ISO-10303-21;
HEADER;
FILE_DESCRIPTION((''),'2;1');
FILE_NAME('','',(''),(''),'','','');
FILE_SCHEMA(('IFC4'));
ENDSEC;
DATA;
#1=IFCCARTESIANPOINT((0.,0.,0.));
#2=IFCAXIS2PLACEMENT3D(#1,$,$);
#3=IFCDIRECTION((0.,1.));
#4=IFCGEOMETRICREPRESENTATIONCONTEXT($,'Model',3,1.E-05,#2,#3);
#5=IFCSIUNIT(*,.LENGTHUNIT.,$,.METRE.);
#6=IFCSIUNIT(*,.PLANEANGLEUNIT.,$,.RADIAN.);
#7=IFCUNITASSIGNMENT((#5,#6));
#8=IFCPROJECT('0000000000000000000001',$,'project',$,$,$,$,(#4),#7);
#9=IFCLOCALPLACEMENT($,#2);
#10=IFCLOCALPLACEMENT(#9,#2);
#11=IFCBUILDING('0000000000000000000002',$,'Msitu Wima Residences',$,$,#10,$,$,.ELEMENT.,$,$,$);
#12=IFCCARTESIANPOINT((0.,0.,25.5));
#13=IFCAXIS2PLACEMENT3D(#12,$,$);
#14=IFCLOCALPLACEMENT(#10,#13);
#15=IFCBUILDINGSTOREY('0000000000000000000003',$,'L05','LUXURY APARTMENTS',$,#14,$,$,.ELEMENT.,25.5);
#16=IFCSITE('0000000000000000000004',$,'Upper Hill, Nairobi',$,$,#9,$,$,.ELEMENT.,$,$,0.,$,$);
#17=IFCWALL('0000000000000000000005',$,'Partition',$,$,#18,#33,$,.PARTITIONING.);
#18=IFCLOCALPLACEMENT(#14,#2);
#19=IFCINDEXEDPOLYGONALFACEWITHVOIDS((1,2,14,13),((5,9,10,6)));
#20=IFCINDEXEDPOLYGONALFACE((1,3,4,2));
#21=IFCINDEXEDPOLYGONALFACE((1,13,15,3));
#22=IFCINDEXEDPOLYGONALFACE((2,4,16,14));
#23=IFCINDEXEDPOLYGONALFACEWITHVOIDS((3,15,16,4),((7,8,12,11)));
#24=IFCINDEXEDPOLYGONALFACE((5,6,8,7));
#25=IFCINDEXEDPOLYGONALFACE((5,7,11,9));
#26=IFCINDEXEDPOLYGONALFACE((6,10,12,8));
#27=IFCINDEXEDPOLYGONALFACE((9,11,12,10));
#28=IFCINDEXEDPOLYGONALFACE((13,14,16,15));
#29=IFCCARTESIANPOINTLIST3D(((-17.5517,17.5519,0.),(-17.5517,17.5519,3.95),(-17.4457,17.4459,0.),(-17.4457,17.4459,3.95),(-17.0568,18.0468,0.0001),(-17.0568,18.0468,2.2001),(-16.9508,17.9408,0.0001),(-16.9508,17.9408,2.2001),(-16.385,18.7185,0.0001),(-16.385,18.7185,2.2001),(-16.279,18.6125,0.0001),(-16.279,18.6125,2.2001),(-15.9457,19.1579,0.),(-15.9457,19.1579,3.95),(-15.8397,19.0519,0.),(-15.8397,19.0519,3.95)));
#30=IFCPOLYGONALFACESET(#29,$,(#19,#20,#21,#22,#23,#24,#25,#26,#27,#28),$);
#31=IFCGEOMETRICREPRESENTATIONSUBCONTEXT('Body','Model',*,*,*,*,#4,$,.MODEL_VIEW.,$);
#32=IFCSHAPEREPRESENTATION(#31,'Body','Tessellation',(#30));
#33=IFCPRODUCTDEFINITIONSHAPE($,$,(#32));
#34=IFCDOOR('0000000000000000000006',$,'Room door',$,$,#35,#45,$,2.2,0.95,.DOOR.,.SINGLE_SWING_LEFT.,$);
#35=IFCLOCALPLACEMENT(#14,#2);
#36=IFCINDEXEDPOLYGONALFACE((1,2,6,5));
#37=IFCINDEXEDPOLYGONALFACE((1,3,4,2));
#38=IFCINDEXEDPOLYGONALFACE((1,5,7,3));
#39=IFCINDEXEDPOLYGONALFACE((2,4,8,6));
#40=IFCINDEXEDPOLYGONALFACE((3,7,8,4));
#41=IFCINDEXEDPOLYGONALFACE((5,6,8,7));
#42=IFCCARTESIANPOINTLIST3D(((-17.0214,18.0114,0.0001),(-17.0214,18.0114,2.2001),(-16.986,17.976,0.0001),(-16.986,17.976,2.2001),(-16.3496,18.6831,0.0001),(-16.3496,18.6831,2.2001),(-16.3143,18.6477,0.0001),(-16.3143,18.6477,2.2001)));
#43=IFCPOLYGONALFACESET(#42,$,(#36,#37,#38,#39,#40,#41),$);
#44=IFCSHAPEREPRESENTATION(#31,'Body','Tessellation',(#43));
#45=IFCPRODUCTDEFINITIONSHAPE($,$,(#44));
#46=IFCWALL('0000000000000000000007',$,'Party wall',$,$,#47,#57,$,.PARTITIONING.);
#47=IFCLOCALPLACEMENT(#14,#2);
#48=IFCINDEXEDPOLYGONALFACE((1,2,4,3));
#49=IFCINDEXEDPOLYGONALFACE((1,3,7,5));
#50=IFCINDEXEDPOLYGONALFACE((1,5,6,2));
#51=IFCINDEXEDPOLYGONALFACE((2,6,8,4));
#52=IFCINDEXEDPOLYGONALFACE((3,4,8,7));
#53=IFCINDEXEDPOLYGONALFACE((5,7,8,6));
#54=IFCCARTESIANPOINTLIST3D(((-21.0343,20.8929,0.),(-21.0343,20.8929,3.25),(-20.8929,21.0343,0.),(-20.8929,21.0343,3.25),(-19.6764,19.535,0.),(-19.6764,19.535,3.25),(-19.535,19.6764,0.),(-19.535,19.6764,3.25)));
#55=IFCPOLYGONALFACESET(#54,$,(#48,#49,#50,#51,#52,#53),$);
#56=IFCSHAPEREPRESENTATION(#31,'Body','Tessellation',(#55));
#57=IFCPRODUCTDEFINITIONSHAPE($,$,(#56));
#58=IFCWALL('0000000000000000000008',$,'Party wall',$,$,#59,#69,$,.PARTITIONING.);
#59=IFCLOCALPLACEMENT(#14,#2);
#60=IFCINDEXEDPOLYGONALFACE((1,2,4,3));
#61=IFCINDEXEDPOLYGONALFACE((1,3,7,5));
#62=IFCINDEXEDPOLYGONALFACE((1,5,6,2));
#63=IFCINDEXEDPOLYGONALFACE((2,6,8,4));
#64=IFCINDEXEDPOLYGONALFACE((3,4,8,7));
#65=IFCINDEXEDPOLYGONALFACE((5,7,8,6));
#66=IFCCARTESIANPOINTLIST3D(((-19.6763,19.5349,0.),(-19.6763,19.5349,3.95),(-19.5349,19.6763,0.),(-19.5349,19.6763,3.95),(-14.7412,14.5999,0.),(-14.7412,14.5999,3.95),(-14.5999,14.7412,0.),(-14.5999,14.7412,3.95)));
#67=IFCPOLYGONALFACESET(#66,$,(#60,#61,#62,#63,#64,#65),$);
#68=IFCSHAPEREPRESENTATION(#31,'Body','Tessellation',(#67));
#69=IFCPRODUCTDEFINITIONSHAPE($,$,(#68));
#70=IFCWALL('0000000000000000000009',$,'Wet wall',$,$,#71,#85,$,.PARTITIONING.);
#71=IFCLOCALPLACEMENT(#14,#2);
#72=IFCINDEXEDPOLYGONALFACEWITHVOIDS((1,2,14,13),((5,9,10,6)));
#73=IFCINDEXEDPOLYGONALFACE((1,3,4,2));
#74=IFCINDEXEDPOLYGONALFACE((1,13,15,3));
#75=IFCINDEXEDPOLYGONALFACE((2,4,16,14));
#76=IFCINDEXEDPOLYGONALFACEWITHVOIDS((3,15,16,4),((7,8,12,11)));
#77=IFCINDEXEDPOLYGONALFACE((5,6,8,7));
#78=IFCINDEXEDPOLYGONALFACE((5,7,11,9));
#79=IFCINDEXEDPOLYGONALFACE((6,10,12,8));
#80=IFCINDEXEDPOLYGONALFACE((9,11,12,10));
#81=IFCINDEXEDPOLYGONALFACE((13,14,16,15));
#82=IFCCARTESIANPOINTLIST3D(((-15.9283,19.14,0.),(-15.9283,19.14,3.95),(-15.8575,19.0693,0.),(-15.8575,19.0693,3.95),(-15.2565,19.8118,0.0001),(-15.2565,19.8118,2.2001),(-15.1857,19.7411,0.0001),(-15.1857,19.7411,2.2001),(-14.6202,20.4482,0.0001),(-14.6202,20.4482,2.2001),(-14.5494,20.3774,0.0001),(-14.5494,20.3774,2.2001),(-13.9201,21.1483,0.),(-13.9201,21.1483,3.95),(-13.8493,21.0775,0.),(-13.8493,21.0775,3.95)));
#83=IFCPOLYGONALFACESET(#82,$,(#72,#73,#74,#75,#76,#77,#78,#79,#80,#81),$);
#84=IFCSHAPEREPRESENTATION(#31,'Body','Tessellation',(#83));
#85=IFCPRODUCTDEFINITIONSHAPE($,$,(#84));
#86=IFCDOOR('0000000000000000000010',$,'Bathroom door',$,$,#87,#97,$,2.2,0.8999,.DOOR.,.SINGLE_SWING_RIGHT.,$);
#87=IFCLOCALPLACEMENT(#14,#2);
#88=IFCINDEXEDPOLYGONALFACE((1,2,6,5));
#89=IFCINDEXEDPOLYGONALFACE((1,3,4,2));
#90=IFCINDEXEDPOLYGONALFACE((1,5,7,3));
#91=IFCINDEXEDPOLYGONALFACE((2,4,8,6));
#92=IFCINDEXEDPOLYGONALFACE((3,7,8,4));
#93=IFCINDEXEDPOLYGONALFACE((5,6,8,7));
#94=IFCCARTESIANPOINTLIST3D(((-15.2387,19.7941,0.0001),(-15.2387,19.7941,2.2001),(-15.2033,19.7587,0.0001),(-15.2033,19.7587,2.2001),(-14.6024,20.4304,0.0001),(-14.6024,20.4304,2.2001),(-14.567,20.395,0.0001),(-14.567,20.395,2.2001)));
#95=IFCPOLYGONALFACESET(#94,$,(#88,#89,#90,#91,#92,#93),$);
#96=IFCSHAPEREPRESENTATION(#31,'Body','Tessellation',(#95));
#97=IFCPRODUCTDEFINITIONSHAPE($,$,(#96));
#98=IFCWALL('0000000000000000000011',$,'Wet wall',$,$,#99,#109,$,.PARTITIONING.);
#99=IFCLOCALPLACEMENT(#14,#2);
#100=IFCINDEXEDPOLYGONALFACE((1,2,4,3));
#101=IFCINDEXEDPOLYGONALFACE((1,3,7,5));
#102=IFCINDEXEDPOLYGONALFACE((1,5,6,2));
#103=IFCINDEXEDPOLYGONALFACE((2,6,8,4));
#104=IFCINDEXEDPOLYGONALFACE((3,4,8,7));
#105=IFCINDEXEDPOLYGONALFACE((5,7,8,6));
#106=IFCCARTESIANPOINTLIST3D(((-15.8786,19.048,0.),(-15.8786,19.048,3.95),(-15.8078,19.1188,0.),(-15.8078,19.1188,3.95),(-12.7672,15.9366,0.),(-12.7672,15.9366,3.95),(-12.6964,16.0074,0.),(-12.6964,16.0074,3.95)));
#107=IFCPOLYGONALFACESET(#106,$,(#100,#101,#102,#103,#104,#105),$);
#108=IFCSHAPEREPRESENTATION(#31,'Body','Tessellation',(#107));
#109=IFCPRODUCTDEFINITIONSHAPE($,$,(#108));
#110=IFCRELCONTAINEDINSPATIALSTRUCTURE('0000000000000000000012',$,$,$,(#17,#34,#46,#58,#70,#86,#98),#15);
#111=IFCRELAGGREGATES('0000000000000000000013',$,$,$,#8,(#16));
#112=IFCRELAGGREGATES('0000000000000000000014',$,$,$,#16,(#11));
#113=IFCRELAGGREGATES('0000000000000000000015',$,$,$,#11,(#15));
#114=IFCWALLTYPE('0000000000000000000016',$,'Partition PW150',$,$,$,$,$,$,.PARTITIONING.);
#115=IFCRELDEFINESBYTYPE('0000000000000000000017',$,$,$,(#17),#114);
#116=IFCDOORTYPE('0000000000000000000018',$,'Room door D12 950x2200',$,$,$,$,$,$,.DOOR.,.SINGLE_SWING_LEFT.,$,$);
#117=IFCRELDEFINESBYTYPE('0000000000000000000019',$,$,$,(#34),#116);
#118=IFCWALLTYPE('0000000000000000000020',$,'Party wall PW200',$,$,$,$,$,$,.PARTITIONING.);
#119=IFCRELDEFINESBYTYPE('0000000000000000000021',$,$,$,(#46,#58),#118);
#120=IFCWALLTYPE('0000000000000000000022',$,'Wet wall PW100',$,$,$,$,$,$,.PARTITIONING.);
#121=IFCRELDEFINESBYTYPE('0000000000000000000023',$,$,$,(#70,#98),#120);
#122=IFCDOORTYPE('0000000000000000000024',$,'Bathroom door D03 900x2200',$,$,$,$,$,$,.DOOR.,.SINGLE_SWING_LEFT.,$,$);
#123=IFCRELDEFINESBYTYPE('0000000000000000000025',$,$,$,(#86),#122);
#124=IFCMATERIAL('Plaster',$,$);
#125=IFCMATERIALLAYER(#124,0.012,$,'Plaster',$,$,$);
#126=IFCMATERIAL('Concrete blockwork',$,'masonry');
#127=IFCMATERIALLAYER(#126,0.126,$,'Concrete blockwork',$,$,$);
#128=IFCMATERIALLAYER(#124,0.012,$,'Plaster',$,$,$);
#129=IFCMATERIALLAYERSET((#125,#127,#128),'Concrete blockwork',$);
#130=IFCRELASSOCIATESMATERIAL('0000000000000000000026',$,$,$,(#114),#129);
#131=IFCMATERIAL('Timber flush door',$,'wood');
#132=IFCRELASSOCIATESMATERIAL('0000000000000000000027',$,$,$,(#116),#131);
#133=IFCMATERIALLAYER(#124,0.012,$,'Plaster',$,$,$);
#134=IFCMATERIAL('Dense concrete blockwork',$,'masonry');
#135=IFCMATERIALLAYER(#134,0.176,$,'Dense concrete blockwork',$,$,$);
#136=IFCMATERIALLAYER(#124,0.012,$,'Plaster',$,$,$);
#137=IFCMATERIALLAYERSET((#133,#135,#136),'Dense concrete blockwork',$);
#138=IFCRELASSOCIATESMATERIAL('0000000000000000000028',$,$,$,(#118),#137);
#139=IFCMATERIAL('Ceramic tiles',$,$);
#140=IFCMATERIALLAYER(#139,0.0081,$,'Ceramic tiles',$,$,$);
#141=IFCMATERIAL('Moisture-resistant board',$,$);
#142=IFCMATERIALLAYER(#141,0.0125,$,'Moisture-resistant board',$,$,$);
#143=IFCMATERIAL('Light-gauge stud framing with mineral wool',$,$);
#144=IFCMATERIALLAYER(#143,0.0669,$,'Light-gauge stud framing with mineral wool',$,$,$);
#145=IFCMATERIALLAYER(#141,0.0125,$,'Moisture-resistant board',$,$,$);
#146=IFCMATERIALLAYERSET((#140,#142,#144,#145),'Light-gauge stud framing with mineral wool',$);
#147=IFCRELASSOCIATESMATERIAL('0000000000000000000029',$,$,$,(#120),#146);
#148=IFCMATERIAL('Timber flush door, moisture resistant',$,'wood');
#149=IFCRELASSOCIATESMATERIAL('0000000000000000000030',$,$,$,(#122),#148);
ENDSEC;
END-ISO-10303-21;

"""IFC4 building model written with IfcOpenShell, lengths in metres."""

from ifc_helpers import new_model, si_unit, direction, frame, frame_2d, origin, place, context, subcontext, project, spatial, rectangle, extrude, material, layer, layer_set, type_object, element, fill, save


model = new_model("IFC4")

# Units and contexts
model_context = context("Model", 3, precision=1e-05, world=origin(), true_north=direction((0.0, 1.0)))
body_context = subcontext(model_context, "Body", "Model", "MODEL_VIEW")
ifc_project = project(units=[si_unit("LENGTHUNIT", "METRE"), si_unit("PLANEANGLEUNIT", "RADIAN")], contexts=[model_context])

# Site, building, storey
site_placement = place(None, origin())
site = spatial("IfcSite", under=ifc_project, at=site_placement, Name="Upper Hill, Nairobi", CompositionType="ELEMENT", RefElevation=0.0)
building_placement = place(site_placement, origin())
building = spatial("IfcBuilding", under=site, at=building_placement, Name="Msitu Wima Residences", CompositionType="ELEMENT")
storey_placement = place(building_placement, frame((0.0, 0.0, 25.5)))
storey = spatial("IfcBuildingStorey", under=building, at=storey_placement, Name="L05", Description="LUXURY APARTMENTS", CompositionType="ELEMENT", Elevation=25.5)

# Shared definitions
ifc_material_1 = material(Name="Plaster")
ifc_material_2 = material(Name="Concrete blockwork", Category="masonry")

# Shared definitions
ifc_layer_1 = layer(ifc_material_1, 0.012, Name="Plaster")
ifc_layer_2 = layer(ifc_material_2, 0.126, Name="Concrete blockwork")
ifc_layer_3 = layer(ifc_material_1, 0.012, Name="Plaster")
ifc_layer_set_1 = layer_set([ifc_layer_1, ifc_layer_2, ifc_layer_3], Name="Concrete blockwork")
wall_type_1 = type_object("IfcWallType", Name="Partition PW150", PredefinedType="PARTITIONING", material=ifc_layer_set_1)

# Wall, opening, door
wall_1_placement = place(storey_placement, frame((-17.4988, 17.4988, 0.0), z_axis=(0.0, 0.0, 1.0), x_axis=(0.707107, 0.707107, 0.0)))
wall_1 = element("IfcWall", 1, at=wall_1_placement, inside=storey, type_object=wall_type_1, Name="Partition", PredefinedType="PARTITIONING", context=body_context, shape_type="SweptSolid", body=[
    extrude(rectangle(XDim=2.2712, YDim=0.1499, at=frame_2d((1.1357, 0.0))), origin(), (0.0, 0.0, 1.0), 3.95),
])
opening_1_placement = place(wall_1_placement, frame((0.7, 0.0, 0.0)))
opening_1 = element("IfcOpeningElement", 2, at=opening_1_placement, cuts=wall_1, PredefinedType="OPENING", context=body_context, shape_type="SweptSolid", body=[
    extrude(rectangle(XDim=0.95, YDim=2.2, at=frame_2d((0.4751, 1.1001))), frame((0.0, 0.085, 0.0), z_axis=(0.0, -1.0, 0.0), x_axis=(1.0, 0.0, 0.0)), (0.0, 0.0, 1.0), 0.1699),
])
ifc_material_3 = material(Name="Timber flush door", Category="wood")
door_type_1 = type_object("IfcDoorType", Name="Room door D12 950x2200", OperationType="SINGLE_SWING_LEFT", PredefinedType="DOOR", material=ifc_material_3)
door_1_placement = place(opening_1_placement, origin())
door_1 = element("IfcDoor", 3, at=door_1_placement, inside=storey, type_object=door_type_1, Name="Room door", OperationType="SINGLE_SWING_LEFT", OverallHeight=2.2, OverallWidth=0.95, PredefinedType="DOOR", context=body_context, shape_type="SweptSolid", body=[
    extrude(rectangle(XDim=0.95, YDim=2.2, at=frame_2d((0.4751, 1.1001))), frame((0.0, 0.0249, 0.0), z_axis=(0.0, -1.0, 0.0), x_axis=(1.0, 0.0, 0.0)), (0.0, 0.0, 1.0), 0.05),
])
fill(opening_1, door_1)

# Walls
ifc_layer_4 = layer(ifc_material_1, 0.012, Name="Plaster")
ifc_material_4 = material(Name="Dense concrete blockwork", Category="masonry")
ifc_layer_5 = layer(ifc_material_4, 0.176, Name="Dense concrete blockwork")
ifc_layer_6 = layer(ifc_material_1, 0.012, Name="Plaster")
ifc_layer_set_2 = layer_set([ifc_layer_4, ifc_layer_5, ifc_layer_6], Name="Dense concrete blockwork")
wall_type_2 = type_object("IfcWallType", Name="Party wall PW200", PredefinedType="PARTITIONING", material=ifc_layer_set_2)
wall_2_placement = place(storey_placement, frame((-20.9636, 20.9636, 0.0), z_axis=(0.0, 0.0, 1.0), x_axis=(0.707107, -0.707107, 0.0)))
element("IfcWall", 4, at=wall_2_placement, inside=storey, type_object=wall_type_2, Name="Party wall", PredefinedType="PARTITIONING", context=body_context, shape_type="SweptSolid", body=[
    extrude(rectangle(XDim=1.9204, YDim=0.2, at=frame_2d((0.9602, 0.0))), origin(), (0.0, 0.0, 1.0), 3.25),
])
wall_3_placement = place(storey_placement, frame((-19.6057, 19.6057, 0.0), z_axis=(0.0, 0.0, 1.0), x_axis=(0.707107, -0.707107, 0.0)))
element("IfcWall", 5, at=wall_3_placement, inside=storey, type_object=wall_type_2, Name="Party wall", PredefinedType="PARTITIONING", context=body_context, shape_type="SweptSolid", body=[
    extrude(rectangle(XDim=6.9792, YDim=0.2, at=frame_2d((3.4897, 0.0))), origin(), (0.0, 0.0, 1.0), 3.95),
])

# Wall, opening, door
ifc_material_5 = material(Name="Ceramic tiles")
ifc_layer_7 = layer(ifc_material_5, 0.0081, Name="Ceramic tiles")
ifc_material_6 = material(Name="Moisture-resistant board")
ifc_layer_8 = layer(ifc_material_6, 0.0125, Name="Moisture-resistant board")
ifc_material_7 = material(Name="Light-gauge stud framing with mineral wool")
ifc_layer_9 = layer(ifc_material_7, 0.0669, Name="Light-gauge stud framing with mineral wool")
ifc_layer_10 = layer(ifc_material_6, 0.0125, Name="Moisture-resistant board")
ifc_layer_set_3 = layer_set([ifc_layer_7, ifc_layer_8, ifc_layer_9, ifc_layer_10], Name="Light-gauge stud framing with mineral wool")
wall_type_3 = type_object("IfcWallType", Name="Wet wall PW100", PredefinedType="PARTITIONING", material=ifc_layer_set_3)
wall_4_placement = place(storey_placement, frame((-15.8928, 19.1047, 0.0), z_axis=(0.0, 0.0, 1.0), x_axis=(0.707107, 0.707107, 0.0)))
wall_4 = element("IfcWall", 6, at=wall_4_placement, inside=storey, type_object=wall_type_3, Name="Wet wall", PredefinedType="PARTITIONING", context=body_context, shape_type="SweptSolid", body=[
    extrude(rectangle(XDim=2.8401, YDim=0.1001, at=frame_2d((1.4199, 0.0))), origin(), (0.0, 0.0, 1.0), 3.95),
])
opening_2_placement = place(wall_4_placement, frame((0.95, 0.0, 0.0)))
opening_2 = element("IfcOpeningElement", 7, at=opening_2_placement, cuts=wall_4, PredefinedType="OPENING", context=body_context, shape_type="SweptSolid", body=[
    extrude(rectangle(XDim=0.8999, YDim=2.2, at=frame_2d((0.45, 1.1001))), frame((0.0, 0.0601, 0.0), z_axis=(0.0, -1.0, 0.0), x_axis=(1.0, 0.0, 0.0)), (0.0, 0.0, 1.0), 0.1201),
])
ifc_material_8 = material(Name="Timber flush door, moisture resistant", Category="wood")
door_type_2 = type_object("IfcDoorType", Name="Bathroom door D03 900x2200", OperationType="SINGLE_SWING_LEFT", PredefinedType="DOOR", material=ifc_material_8)
door_2_placement = place(opening_2_placement, origin())
door_2 = element("IfcDoor", 8, at=door_2_placement, inside=storey, type_object=door_type_2, Name="Bathroom door", OperationType="SINGLE_SWING_RIGHT", OverallHeight=2.2, OverallWidth=0.8999, PredefinedType="DOOR", context=body_context, shape_type="SweptSolid", body=[
    extrude(rectangle(XDim=0.8999, YDim=2.2, at=frame_2d((0.45, 1.1001))), frame((0.0, 0.0249, 0.0), z_axis=(0.0, -1.0, 0.0), x_axis=(1.0, 0.0, 0.0)), (0.0, 0.0, 1.0), 0.05),
])
fill(opening_2, door_2)

# Wall
wall_5_placement = place(storey_placement, frame((-15.8433, 19.0835, 0.0), z_axis=(0.0, 0.0, 1.0), x_axis=(0.707107, -0.707107, 0.0)))
element("IfcWall", 9, at=wall_5_placement, inside=storey, type_object=wall_type_3, Name="Wet wall", PredefinedType="PARTITIONING", context=body_context, shape_type="SweptSolid", body=[
    extrude(rectangle(XDim=4.4001, YDim=0.1001, at=frame_2d((2.2002, 0.0))), origin(), (0.0, 0.0, 1.0), 3.95),
])

save(model, "model.ifc")
